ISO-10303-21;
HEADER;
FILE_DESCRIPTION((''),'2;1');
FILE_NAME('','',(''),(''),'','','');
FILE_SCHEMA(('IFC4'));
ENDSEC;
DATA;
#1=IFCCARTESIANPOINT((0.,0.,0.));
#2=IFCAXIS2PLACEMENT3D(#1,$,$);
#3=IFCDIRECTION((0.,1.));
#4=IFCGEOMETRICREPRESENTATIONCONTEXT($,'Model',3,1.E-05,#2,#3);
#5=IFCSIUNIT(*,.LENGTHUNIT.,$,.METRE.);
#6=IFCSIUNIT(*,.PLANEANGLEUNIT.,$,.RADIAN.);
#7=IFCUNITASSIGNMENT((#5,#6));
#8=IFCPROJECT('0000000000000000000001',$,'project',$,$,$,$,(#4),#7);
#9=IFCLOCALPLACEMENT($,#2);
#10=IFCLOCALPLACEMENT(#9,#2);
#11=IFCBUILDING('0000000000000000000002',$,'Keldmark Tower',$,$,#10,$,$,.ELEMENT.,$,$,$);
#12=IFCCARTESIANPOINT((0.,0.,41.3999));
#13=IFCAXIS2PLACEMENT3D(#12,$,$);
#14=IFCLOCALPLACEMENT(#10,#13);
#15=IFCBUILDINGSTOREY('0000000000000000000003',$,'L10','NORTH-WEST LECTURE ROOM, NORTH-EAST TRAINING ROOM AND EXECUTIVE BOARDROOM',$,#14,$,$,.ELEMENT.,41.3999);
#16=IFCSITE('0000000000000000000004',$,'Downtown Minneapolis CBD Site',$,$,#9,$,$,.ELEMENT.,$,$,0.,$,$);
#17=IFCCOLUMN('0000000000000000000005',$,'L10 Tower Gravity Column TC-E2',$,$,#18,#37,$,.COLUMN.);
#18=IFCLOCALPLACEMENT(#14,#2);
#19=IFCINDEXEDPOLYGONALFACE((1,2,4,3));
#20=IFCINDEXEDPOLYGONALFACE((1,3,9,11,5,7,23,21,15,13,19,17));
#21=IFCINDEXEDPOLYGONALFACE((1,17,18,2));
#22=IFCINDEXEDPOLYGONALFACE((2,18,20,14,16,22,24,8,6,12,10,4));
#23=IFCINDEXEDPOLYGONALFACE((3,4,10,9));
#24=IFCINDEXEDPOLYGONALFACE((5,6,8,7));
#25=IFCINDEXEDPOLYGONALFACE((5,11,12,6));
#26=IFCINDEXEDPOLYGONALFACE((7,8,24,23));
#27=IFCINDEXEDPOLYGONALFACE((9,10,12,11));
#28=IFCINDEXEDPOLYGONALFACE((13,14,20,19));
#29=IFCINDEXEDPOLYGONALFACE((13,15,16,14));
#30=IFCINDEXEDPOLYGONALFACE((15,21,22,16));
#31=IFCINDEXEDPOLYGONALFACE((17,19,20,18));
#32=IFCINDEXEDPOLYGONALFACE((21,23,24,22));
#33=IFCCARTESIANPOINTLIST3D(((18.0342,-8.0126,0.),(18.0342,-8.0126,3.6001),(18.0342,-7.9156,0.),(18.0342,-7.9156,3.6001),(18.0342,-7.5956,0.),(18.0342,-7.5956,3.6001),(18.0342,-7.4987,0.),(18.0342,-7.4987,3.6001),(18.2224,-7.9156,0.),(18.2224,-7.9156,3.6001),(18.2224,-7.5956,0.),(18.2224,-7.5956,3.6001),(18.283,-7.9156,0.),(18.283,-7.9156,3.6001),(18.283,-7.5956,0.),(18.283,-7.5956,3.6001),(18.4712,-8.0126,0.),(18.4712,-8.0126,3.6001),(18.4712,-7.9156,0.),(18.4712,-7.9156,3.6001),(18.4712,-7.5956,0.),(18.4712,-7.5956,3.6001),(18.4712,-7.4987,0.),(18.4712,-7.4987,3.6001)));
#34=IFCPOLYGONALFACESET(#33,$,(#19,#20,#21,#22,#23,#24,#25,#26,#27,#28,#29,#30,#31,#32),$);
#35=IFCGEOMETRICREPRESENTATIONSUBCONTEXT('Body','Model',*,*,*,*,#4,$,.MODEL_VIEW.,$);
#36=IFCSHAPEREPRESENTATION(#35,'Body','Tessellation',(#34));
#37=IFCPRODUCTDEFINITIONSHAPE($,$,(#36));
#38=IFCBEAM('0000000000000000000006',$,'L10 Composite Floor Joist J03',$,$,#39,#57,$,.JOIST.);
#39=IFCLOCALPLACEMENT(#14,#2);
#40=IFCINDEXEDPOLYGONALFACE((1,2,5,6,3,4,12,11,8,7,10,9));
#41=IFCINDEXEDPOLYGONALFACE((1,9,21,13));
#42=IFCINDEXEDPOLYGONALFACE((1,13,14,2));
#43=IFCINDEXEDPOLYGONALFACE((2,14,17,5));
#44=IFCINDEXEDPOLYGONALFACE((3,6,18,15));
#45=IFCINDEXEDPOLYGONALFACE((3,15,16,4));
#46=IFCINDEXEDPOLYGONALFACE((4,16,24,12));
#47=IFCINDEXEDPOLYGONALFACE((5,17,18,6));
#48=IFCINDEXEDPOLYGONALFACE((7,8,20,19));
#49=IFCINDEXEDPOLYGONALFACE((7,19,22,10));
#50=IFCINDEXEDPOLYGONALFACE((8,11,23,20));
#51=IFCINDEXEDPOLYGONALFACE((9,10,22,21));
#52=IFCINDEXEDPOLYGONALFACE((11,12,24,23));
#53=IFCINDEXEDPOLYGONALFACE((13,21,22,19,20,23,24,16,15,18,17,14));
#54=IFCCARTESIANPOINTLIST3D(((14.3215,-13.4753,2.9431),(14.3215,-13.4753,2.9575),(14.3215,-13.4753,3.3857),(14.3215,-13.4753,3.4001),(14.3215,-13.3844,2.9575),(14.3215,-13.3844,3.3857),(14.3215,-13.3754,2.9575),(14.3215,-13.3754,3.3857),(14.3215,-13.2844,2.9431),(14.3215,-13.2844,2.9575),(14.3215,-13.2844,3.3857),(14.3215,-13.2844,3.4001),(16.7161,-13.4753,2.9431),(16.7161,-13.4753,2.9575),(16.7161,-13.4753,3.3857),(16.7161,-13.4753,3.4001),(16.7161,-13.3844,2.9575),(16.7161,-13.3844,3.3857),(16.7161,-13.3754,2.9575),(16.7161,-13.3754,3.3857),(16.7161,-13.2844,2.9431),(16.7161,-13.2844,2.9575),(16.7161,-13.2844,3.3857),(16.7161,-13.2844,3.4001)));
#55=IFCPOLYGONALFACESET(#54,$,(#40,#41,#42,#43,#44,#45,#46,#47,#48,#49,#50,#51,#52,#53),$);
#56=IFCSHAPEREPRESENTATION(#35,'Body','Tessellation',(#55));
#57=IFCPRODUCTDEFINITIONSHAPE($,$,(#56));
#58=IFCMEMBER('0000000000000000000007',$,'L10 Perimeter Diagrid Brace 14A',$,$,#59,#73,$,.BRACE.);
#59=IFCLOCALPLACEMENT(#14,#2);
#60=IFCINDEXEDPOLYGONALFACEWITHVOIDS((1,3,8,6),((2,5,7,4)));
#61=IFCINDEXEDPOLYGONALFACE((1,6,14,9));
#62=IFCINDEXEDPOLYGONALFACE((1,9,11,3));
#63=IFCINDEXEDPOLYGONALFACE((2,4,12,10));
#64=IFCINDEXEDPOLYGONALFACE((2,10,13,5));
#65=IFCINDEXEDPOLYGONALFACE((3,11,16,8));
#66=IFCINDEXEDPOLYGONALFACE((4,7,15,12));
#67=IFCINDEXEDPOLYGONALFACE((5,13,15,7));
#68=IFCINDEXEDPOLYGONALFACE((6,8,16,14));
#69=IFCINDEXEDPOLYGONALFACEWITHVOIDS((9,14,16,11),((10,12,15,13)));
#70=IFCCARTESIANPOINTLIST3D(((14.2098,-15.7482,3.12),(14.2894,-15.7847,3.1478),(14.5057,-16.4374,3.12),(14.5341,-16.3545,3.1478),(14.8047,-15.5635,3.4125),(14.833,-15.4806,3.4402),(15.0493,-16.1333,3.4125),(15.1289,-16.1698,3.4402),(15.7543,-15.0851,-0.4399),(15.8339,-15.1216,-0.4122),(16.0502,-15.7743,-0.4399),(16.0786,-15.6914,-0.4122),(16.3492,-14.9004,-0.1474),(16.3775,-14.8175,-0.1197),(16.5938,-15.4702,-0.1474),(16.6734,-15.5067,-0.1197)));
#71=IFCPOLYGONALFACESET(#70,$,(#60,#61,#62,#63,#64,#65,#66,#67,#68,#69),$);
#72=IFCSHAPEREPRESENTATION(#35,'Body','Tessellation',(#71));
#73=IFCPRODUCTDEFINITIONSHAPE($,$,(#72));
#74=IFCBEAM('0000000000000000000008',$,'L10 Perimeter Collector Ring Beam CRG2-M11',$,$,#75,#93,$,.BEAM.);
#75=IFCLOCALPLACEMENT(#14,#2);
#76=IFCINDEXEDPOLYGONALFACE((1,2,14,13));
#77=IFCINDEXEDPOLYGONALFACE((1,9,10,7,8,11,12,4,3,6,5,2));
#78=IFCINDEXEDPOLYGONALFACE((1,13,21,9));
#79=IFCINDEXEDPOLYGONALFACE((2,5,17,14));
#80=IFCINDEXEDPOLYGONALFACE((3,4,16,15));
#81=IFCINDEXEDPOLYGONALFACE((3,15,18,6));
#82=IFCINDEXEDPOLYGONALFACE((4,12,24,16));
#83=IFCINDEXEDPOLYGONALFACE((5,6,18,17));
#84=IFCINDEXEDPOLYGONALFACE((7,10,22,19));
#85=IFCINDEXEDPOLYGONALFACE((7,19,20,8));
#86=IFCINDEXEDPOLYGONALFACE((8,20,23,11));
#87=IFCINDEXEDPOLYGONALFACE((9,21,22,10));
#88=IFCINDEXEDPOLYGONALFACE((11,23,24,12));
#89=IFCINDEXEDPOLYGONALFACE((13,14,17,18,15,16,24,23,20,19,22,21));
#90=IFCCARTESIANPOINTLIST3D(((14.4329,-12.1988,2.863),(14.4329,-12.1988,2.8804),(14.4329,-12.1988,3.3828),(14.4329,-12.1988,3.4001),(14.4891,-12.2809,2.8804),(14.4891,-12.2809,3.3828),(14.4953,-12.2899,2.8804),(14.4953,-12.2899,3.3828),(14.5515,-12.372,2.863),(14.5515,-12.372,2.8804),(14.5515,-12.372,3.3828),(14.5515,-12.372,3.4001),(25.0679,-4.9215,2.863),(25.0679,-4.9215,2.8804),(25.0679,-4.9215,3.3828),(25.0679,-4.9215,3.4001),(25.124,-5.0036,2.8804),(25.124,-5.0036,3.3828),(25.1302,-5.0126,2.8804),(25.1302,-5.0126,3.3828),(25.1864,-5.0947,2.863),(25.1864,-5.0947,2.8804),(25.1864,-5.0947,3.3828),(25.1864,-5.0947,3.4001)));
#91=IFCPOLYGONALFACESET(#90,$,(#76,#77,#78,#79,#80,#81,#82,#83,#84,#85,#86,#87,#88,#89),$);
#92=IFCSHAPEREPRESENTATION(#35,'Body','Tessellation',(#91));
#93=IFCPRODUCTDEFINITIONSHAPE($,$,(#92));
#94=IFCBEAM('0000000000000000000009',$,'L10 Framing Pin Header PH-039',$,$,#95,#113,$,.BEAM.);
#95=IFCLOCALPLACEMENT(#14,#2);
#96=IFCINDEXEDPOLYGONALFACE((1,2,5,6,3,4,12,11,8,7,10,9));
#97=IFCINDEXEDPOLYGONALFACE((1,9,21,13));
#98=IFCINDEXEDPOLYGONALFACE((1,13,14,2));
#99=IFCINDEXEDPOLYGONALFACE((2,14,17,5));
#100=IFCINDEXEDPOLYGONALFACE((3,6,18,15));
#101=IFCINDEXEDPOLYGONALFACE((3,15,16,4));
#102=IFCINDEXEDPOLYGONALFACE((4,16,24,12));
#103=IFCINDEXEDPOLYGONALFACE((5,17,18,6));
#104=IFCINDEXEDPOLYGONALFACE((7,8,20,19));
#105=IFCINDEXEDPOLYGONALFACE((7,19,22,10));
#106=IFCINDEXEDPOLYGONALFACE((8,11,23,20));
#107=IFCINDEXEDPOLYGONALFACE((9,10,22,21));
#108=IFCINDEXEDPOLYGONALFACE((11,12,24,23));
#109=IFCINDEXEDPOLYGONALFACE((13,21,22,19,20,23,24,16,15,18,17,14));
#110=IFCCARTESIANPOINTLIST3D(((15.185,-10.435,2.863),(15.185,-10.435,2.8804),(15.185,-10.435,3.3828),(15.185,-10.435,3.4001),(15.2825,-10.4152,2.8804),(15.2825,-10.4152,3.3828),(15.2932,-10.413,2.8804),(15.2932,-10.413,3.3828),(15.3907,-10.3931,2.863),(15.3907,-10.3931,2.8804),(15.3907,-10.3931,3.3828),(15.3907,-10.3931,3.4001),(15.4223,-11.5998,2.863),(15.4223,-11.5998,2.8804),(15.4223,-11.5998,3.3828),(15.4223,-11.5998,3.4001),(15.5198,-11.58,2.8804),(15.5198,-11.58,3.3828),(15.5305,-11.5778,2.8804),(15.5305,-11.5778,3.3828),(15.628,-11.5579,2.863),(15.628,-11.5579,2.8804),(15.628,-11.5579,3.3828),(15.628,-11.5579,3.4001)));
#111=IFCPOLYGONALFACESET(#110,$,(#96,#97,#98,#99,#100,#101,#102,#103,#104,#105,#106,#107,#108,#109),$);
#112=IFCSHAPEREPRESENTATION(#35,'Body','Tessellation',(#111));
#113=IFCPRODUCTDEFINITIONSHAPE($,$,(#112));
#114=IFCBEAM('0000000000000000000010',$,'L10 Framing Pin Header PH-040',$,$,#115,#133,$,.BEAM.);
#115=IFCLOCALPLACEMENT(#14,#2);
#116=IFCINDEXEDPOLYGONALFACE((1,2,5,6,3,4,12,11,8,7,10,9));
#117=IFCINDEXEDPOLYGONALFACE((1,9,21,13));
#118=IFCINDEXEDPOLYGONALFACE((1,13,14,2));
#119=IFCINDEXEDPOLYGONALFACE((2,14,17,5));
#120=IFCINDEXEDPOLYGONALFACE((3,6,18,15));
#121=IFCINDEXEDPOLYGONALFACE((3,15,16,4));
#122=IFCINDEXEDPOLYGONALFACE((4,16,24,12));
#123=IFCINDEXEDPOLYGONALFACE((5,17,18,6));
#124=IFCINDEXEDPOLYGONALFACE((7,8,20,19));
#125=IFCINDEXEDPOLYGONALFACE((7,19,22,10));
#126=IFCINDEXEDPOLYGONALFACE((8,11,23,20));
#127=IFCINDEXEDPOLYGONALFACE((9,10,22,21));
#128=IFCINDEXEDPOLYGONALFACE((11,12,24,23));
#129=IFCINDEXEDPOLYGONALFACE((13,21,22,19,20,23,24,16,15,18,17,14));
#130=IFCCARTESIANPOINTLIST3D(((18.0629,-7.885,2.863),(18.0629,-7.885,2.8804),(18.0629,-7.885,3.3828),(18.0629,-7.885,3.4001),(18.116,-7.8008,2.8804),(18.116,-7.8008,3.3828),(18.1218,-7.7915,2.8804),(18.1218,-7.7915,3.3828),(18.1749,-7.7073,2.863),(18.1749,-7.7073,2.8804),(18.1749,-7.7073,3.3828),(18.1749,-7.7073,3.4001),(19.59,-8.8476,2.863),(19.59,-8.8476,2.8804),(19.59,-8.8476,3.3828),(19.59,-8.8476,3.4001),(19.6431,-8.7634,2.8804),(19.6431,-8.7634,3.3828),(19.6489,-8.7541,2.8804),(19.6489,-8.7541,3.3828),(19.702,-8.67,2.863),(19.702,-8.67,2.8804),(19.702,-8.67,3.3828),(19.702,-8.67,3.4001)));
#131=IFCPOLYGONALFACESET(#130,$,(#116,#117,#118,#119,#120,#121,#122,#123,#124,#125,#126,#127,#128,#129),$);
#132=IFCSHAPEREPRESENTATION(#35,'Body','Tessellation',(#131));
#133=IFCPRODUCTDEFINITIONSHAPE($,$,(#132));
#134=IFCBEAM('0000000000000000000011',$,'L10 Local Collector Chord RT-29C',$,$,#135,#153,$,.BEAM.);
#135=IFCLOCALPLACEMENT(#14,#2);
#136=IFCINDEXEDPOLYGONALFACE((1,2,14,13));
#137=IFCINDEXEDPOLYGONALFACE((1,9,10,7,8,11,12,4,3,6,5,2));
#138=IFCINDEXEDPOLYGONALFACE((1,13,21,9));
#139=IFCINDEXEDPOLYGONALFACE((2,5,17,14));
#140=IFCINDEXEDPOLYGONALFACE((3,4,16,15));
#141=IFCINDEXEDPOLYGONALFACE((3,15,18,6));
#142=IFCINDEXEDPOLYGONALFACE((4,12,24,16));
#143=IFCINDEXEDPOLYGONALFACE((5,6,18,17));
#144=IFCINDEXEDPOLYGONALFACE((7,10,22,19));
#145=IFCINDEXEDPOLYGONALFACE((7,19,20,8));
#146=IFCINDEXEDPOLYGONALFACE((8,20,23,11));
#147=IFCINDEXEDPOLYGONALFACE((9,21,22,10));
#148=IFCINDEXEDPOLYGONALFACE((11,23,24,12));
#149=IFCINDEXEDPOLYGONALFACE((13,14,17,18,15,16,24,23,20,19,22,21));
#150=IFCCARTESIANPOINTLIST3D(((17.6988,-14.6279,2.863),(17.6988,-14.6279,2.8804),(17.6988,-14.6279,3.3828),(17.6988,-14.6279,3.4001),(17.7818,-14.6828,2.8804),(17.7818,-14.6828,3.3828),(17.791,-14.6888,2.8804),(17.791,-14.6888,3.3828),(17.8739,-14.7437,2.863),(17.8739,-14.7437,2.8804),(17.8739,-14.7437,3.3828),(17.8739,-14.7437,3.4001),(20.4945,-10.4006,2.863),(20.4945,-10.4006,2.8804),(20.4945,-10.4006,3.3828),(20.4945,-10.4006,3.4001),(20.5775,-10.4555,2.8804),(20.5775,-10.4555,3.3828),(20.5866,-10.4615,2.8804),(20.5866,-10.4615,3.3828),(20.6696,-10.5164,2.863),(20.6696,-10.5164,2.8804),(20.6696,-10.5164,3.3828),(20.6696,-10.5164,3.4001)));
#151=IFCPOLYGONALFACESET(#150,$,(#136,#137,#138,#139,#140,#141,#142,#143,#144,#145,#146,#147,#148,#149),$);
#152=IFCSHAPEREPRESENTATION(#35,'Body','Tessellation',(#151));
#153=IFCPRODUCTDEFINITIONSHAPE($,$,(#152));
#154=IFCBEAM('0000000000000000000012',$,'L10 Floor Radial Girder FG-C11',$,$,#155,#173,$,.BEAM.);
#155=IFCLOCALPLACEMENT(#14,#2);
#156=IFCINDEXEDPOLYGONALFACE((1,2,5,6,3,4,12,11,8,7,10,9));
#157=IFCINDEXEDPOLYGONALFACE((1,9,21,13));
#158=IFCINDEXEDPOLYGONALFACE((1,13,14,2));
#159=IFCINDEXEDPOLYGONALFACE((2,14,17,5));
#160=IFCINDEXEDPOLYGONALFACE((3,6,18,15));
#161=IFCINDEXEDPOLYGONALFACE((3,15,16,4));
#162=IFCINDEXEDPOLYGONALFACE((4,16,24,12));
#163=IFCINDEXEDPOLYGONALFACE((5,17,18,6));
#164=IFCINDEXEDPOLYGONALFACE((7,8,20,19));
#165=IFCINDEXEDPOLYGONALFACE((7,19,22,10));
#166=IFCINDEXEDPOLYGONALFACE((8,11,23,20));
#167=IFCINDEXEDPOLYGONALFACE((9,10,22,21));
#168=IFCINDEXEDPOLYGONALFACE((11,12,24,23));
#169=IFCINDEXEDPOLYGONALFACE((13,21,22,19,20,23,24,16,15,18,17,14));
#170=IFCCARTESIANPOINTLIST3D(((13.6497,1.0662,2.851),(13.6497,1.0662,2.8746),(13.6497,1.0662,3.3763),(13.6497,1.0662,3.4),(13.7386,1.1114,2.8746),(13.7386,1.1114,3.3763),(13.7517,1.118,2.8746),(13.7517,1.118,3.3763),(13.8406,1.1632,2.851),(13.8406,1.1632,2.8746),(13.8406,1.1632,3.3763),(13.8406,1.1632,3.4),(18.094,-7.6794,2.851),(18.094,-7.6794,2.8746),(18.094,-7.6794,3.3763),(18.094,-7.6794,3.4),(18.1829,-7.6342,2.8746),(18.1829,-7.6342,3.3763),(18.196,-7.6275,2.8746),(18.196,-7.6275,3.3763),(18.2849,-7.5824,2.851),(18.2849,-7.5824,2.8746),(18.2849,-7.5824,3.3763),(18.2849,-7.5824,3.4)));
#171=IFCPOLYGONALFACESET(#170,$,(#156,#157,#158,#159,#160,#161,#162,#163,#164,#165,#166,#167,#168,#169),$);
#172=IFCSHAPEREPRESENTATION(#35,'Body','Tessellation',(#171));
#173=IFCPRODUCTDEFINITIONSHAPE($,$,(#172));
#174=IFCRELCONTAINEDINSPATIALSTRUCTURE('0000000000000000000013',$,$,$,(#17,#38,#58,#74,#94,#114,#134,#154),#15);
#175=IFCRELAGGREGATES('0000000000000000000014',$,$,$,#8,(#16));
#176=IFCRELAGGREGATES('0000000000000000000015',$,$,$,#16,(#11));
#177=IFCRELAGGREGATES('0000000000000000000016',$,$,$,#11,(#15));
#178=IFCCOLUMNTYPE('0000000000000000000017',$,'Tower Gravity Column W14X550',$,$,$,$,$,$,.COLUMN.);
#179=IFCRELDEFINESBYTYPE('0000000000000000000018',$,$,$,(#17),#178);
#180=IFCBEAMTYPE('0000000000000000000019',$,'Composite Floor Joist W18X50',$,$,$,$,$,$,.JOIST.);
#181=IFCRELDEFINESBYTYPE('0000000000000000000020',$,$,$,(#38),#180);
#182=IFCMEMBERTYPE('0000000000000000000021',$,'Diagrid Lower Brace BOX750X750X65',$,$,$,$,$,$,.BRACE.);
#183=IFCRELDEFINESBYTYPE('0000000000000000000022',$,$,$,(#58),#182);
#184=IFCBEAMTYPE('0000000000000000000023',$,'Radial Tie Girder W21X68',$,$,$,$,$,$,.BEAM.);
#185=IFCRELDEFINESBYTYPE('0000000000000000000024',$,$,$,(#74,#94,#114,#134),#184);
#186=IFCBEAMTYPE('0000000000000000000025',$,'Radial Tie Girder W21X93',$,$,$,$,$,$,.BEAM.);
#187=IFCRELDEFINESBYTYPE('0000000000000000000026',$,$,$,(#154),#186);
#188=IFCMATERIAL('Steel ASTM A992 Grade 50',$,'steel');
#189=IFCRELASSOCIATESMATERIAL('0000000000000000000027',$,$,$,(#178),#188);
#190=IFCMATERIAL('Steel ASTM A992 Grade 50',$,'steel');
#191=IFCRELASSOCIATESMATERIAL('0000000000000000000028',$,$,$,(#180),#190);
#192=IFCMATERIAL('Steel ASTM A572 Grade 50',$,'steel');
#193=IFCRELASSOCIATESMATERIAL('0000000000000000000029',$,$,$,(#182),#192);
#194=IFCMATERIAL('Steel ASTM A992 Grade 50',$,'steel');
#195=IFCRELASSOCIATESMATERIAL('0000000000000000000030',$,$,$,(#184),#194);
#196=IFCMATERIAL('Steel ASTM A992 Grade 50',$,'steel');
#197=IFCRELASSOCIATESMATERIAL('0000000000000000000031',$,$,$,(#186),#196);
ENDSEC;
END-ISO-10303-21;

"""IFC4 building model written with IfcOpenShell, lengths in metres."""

from ifc_helpers import new_model, si_unit, direction, frame, origin, origin_2d, place, context, subcontext, project, spatial, hollow_rectangle, i_section, extrude, material, material_profile, profile_set, type_object, element, save


model = new_model("IFC4")

# Units and contexts
model_context = context("Model", 3, precision=1e-05, world=origin(), true_north=direction((0.0, 1.0)))
body_context = subcontext(model_context, "Body", "Model", "MODEL_VIEW")
ifc_project = project(units=[si_unit("LENGTHUNIT", "METRE"), si_unit("PLANEANGLEUNIT", "RADIAN")], contexts=[model_context])

# Site, building, storey
site_placement = place(None, origin())
site = spatial("IfcSite", under=ifc_project, at=site_placement, Name="Downtown Minneapolis CBD Site", CompositionType="ELEMENT", RefElevation=0.0)
building_placement = place(site_placement, origin())
building = spatial("IfcBuilding", under=site, at=building_placement, Name="Keldmark Tower", CompositionType="ELEMENT")
storey_placement = place(building_placement, frame((0.0, 0.0, 41.3999)))
storey = spatial("IfcBuildingStorey", under=building, at=storey_placement, Name="L10", Description="NORTH-WEST LECTURE ROOM, NORTH-EAST TRAINING ROOM AND EXECUTIVE BOARDROOM", CompositionType="ELEMENT", Elevation=41.3999)

# Column
ifc_material_1 = material(Name="Steel ASTM A992 Grade 50", Category="steel")
ifc_material_profile_1 = material_profile(ifc_material_1, i_section(OverallWidth=0.437, OverallDepth=0.5139, WebThickness=0.0605, FlangeThickness=0.0969, at=origin_2d()), Name="W14X550")
ifc_profile_set_1 = profile_set([ifc_material_profile_1], Name="Steel ASTM A992 Grade 50")
column_type = type_object("IfcColumnType", Name="Tower Gravity Column W14X550", PredefinedType="COLUMN", material=ifc_profile_set_1)
column_placement = place(storey_placement, frame((18.2527, -7.7556, 0.0), z_axis=(0.0, 0.0, 1.0), x_axis=(1.0, 0.0, 0.0)))
element("IfcColumn", 1, at=column_placement, inside=storey, type_object=column_type, Name="L10 Tower Gravity Column TC-E2", PredefinedType="COLUMN", context=body_context, shape_type="SweptSolid", body=[
    extrude(i_section(OverallWidth=0.437, OverallDepth=0.5139, WebThickness=0.0605, FlangeThickness=0.0969, at=origin_2d()), origin(), (0.0, 0.0, 1.0), 3.6001),
])

# Beam
ifc_material_2 = material(Name="Steel ASTM A992 Grade 50", Category="steel")
ifc_material_profile_2 = material_profile(ifc_material_2, i_section(OverallWidth=0.1909, OverallDepth=0.457, WebThickness=0.009, FlangeThickness=0.0144, at=origin_2d()), Name="W18X50")
ifc_profile_set_2 = profile_set([ifc_material_profile_2], Name="Steel ASTM A992 Grade 50")
beam_type_1 = type_object("IfcBeamType", Name="Composite Floor Joist W18X50", PredefinedType="JOIST", material=ifc_profile_set_2)
beam_1_placement = place(storey_placement, frame((14.3215, -13.3799, 3.1716), z_axis=(1.0, 0.0, 0.0), x_axis=(0.0, 1.0, 0.0)))
element("IfcBeam", 2, at=beam_1_placement, inside=storey, type_object=beam_type_1, Name="L10 Composite Floor Joist J03", PredefinedType="JOIST", context=body_context, shape_type="SweptSolid", body=[
    extrude(i_section(OverallWidth=0.1909, OverallDepth=0.457, WebThickness=0.009, FlangeThickness=0.0144, at=origin_2d()), origin(), (0.0, 0.0, 1.0), 2.3945),
])

# Member
ifc_material_3 = material(Name="Steel ASTM A572 Grade 50", Category="steel")
ifc_material_profile_3 = material_profile(ifc_material_3, hollow_rectangle(XDim=0.75, YDim=0.75, WallThickness=0.0649, at=origin_2d()), Name="BOX750X750X65")
ifc_profile_set_3 = profile_set([ifc_material_profile_3], Name="Steel ASTM A572 Grade 50")
member_type = type_object("IfcMemberType", Name="Diagrid Lower Brace BOX750X750X65", PredefinedType="BRACE", material=ifc_profile_set_3)
member_placement = place(storey_placement, frame((16.2139, -15.2959, -0.2798), z_axis=(-0.392321, -0.168439, 0.904274), x_axis=(0.394515, -0.918889, 0.0)))
element("IfcMember", 3, at=member_placement, inside=storey, type_object=member_type, Name="L10 Perimeter Diagrid Brace 14A", PredefinedType="BRACE", context=body_context, shape_type="SweptSolid", body=[
    extrude(hollow_rectangle(XDim=0.75, YDim=0.75, WallThickness=0.0649, at=origin_2d()), origin(), (0.0, 0.0, 1.0), 3.9368),
])

# Beams
ifc_material_4 = material(Name="Steel ASTM A992 Grade 50", Category="steel")
ifc_material_profile_4 = material_profile(ifc_material_4, i_section(OverallWidth=0.21, OverallDepth=0.5371, WebThickness=0.011, FlangeThickness=0.0173, at=origin_2d()), Name="W21X68")
ifc_profile_set_4 = profile_set([ifc_material_profile_4], Name="Steel ASTM A992 Grade 50")
beam_type_2 = type_object("IfcBeamType", Name="Radial Tie Girder W21X68", PredefinedType="BEAM", material=ifc_profile_set_4)
beam_2_placement = place(storey_placement, frame((14.4922, -12.2854, 3.1316), z_axis=(0.82528, 0.564724, 0.0), x_axis=(-0.564724, 0.82528, 0.0)))
element("IfcBeam", 4, at=beam_2_placement, inside=storey, type_object=beam_type_2, Name="L10 Perimeter Collector Ring Beam CRG2-M11", PredefinedType="BEAM", context=body_context, shape_type="SweptSolid", body=[
    extrude(i_section(OverallWidth=0.21, OverallDepth=0.5371, WebThickness=0.011, FlangeThickness=0.0173, at=origin_2d()), origin(), (0.0, 0.0, 1.0), 12.8865),
])
beam_3_placement = place(storey_placement, frame((15.2878, -10.4141, 3.1316), z_axis=(0.19963, -0.979871, 0.0), x_axis=(0.979871, 0.19963, 0.0)))
element("IfcBeam", 5, at=beam_3_placement, inside=storey, type_object=beam_type_2, Name="L10 Framing Pin Header PH-039", PredefinedType="BEAM", context=body_context, shape_type="SweptSolid", body=[
    extrude(i_section(OverallWidth=0.21, OverallDepth=0.5371, WebThickness=0.011, FlangeThickness=0.0173, at=origin_2d()), origin(), (0.0, 0.0, 1.0), 1.1887),
])
beam_4_placement = place(storey_placement, frame((18.1189, -7.7961, 3.1316), z_axis=(0.845948, -0.533265, 0.0), x_axis=(0.533265, 0.845948, 0.0)))
element("IfcBeam", 6, at=beam_4_placement, inside=storey, type_object=beam_type_2, Name="L10 Framing Pin Header PH-040", PredefinedType="BEAM", context=body_context, shape_type="SweptSolid", body=[
    extrude(i_section(OverallWidth=0.21, OverallDepth=0.5371, WebThickness=0.011, FlangeThickness=0.0173, at=origin_2d()), origin(), (0.0, 0.0, 1.0), 1.8052),
])
beam_5_placement = place(storey_placement, frame((17.7864, -14.6858, 3.1316), z_axis=(0.551617, 0.834097, 0.0), x_axis=(-0.834097, 0.551617, 0.0)))
element("IfcBeam", 7, at=beam_5_placement, inside=storey, type_object=beam_type_2, Name="L10 Local Collector Chord RT-29C", PredefinedType="BEAM", context=body_context, shape_type="SweptSolid", body=[
    extrude(i_section(OverallWidth=0.21, OverallDepth=0.5371, WebThickness=0.011, FlangeThickness=0.0173, at=origin_2d()), origin(), (0.0, 0.0, 1.0), 5.0681),
])
ifc_material_5 = material(Name="Steel ASTM A992 Grade 50", Category="steel")
ifc_material_profile_5 = material_profile(ifc_material_5, i_section(OverallWidth=0.2141, OverallDepth=0.5491, WebThickness=0.0146, FlangeThickness=0.0237, at=origin_2d()), Name="W21X93")
ifc_profile_set_5 = profile_set([ifc_material_profile_5], Name="Steel ASTM A992 Grade 50")
beam_type_3 = type_object("IfcBeamType", Name="Radial Tie Girder W21X93", PredefinedType="BEAM", material=ifc_profile_set_5)
beam_6_placement = place(storey_placement, frame((18.1895, -7.6309, 3.1255), z_axis=(-0.453038, 0.891491, 0.0), x_axis=(-0.891491, -0.453038, 0.0)))
element("IfcBeam", 8, at=beam_6_placement, inside=storey, type_object=beam_type_3, Name="L10 Floor Radial Girder FG-C11", PredefinedType="BEAM", context=body_context, shape_type="SweptSolid", body=[
    extrude(i_section(OverallWidth=0.2141, OverallDepth=0.5491, WebThickness=0.0146, FlangeThickness=0.0237, at=origin_2d()), origin(), (0.0, 0.0, 1.0), 9.8101),
])

save(model, "model.ifc")
